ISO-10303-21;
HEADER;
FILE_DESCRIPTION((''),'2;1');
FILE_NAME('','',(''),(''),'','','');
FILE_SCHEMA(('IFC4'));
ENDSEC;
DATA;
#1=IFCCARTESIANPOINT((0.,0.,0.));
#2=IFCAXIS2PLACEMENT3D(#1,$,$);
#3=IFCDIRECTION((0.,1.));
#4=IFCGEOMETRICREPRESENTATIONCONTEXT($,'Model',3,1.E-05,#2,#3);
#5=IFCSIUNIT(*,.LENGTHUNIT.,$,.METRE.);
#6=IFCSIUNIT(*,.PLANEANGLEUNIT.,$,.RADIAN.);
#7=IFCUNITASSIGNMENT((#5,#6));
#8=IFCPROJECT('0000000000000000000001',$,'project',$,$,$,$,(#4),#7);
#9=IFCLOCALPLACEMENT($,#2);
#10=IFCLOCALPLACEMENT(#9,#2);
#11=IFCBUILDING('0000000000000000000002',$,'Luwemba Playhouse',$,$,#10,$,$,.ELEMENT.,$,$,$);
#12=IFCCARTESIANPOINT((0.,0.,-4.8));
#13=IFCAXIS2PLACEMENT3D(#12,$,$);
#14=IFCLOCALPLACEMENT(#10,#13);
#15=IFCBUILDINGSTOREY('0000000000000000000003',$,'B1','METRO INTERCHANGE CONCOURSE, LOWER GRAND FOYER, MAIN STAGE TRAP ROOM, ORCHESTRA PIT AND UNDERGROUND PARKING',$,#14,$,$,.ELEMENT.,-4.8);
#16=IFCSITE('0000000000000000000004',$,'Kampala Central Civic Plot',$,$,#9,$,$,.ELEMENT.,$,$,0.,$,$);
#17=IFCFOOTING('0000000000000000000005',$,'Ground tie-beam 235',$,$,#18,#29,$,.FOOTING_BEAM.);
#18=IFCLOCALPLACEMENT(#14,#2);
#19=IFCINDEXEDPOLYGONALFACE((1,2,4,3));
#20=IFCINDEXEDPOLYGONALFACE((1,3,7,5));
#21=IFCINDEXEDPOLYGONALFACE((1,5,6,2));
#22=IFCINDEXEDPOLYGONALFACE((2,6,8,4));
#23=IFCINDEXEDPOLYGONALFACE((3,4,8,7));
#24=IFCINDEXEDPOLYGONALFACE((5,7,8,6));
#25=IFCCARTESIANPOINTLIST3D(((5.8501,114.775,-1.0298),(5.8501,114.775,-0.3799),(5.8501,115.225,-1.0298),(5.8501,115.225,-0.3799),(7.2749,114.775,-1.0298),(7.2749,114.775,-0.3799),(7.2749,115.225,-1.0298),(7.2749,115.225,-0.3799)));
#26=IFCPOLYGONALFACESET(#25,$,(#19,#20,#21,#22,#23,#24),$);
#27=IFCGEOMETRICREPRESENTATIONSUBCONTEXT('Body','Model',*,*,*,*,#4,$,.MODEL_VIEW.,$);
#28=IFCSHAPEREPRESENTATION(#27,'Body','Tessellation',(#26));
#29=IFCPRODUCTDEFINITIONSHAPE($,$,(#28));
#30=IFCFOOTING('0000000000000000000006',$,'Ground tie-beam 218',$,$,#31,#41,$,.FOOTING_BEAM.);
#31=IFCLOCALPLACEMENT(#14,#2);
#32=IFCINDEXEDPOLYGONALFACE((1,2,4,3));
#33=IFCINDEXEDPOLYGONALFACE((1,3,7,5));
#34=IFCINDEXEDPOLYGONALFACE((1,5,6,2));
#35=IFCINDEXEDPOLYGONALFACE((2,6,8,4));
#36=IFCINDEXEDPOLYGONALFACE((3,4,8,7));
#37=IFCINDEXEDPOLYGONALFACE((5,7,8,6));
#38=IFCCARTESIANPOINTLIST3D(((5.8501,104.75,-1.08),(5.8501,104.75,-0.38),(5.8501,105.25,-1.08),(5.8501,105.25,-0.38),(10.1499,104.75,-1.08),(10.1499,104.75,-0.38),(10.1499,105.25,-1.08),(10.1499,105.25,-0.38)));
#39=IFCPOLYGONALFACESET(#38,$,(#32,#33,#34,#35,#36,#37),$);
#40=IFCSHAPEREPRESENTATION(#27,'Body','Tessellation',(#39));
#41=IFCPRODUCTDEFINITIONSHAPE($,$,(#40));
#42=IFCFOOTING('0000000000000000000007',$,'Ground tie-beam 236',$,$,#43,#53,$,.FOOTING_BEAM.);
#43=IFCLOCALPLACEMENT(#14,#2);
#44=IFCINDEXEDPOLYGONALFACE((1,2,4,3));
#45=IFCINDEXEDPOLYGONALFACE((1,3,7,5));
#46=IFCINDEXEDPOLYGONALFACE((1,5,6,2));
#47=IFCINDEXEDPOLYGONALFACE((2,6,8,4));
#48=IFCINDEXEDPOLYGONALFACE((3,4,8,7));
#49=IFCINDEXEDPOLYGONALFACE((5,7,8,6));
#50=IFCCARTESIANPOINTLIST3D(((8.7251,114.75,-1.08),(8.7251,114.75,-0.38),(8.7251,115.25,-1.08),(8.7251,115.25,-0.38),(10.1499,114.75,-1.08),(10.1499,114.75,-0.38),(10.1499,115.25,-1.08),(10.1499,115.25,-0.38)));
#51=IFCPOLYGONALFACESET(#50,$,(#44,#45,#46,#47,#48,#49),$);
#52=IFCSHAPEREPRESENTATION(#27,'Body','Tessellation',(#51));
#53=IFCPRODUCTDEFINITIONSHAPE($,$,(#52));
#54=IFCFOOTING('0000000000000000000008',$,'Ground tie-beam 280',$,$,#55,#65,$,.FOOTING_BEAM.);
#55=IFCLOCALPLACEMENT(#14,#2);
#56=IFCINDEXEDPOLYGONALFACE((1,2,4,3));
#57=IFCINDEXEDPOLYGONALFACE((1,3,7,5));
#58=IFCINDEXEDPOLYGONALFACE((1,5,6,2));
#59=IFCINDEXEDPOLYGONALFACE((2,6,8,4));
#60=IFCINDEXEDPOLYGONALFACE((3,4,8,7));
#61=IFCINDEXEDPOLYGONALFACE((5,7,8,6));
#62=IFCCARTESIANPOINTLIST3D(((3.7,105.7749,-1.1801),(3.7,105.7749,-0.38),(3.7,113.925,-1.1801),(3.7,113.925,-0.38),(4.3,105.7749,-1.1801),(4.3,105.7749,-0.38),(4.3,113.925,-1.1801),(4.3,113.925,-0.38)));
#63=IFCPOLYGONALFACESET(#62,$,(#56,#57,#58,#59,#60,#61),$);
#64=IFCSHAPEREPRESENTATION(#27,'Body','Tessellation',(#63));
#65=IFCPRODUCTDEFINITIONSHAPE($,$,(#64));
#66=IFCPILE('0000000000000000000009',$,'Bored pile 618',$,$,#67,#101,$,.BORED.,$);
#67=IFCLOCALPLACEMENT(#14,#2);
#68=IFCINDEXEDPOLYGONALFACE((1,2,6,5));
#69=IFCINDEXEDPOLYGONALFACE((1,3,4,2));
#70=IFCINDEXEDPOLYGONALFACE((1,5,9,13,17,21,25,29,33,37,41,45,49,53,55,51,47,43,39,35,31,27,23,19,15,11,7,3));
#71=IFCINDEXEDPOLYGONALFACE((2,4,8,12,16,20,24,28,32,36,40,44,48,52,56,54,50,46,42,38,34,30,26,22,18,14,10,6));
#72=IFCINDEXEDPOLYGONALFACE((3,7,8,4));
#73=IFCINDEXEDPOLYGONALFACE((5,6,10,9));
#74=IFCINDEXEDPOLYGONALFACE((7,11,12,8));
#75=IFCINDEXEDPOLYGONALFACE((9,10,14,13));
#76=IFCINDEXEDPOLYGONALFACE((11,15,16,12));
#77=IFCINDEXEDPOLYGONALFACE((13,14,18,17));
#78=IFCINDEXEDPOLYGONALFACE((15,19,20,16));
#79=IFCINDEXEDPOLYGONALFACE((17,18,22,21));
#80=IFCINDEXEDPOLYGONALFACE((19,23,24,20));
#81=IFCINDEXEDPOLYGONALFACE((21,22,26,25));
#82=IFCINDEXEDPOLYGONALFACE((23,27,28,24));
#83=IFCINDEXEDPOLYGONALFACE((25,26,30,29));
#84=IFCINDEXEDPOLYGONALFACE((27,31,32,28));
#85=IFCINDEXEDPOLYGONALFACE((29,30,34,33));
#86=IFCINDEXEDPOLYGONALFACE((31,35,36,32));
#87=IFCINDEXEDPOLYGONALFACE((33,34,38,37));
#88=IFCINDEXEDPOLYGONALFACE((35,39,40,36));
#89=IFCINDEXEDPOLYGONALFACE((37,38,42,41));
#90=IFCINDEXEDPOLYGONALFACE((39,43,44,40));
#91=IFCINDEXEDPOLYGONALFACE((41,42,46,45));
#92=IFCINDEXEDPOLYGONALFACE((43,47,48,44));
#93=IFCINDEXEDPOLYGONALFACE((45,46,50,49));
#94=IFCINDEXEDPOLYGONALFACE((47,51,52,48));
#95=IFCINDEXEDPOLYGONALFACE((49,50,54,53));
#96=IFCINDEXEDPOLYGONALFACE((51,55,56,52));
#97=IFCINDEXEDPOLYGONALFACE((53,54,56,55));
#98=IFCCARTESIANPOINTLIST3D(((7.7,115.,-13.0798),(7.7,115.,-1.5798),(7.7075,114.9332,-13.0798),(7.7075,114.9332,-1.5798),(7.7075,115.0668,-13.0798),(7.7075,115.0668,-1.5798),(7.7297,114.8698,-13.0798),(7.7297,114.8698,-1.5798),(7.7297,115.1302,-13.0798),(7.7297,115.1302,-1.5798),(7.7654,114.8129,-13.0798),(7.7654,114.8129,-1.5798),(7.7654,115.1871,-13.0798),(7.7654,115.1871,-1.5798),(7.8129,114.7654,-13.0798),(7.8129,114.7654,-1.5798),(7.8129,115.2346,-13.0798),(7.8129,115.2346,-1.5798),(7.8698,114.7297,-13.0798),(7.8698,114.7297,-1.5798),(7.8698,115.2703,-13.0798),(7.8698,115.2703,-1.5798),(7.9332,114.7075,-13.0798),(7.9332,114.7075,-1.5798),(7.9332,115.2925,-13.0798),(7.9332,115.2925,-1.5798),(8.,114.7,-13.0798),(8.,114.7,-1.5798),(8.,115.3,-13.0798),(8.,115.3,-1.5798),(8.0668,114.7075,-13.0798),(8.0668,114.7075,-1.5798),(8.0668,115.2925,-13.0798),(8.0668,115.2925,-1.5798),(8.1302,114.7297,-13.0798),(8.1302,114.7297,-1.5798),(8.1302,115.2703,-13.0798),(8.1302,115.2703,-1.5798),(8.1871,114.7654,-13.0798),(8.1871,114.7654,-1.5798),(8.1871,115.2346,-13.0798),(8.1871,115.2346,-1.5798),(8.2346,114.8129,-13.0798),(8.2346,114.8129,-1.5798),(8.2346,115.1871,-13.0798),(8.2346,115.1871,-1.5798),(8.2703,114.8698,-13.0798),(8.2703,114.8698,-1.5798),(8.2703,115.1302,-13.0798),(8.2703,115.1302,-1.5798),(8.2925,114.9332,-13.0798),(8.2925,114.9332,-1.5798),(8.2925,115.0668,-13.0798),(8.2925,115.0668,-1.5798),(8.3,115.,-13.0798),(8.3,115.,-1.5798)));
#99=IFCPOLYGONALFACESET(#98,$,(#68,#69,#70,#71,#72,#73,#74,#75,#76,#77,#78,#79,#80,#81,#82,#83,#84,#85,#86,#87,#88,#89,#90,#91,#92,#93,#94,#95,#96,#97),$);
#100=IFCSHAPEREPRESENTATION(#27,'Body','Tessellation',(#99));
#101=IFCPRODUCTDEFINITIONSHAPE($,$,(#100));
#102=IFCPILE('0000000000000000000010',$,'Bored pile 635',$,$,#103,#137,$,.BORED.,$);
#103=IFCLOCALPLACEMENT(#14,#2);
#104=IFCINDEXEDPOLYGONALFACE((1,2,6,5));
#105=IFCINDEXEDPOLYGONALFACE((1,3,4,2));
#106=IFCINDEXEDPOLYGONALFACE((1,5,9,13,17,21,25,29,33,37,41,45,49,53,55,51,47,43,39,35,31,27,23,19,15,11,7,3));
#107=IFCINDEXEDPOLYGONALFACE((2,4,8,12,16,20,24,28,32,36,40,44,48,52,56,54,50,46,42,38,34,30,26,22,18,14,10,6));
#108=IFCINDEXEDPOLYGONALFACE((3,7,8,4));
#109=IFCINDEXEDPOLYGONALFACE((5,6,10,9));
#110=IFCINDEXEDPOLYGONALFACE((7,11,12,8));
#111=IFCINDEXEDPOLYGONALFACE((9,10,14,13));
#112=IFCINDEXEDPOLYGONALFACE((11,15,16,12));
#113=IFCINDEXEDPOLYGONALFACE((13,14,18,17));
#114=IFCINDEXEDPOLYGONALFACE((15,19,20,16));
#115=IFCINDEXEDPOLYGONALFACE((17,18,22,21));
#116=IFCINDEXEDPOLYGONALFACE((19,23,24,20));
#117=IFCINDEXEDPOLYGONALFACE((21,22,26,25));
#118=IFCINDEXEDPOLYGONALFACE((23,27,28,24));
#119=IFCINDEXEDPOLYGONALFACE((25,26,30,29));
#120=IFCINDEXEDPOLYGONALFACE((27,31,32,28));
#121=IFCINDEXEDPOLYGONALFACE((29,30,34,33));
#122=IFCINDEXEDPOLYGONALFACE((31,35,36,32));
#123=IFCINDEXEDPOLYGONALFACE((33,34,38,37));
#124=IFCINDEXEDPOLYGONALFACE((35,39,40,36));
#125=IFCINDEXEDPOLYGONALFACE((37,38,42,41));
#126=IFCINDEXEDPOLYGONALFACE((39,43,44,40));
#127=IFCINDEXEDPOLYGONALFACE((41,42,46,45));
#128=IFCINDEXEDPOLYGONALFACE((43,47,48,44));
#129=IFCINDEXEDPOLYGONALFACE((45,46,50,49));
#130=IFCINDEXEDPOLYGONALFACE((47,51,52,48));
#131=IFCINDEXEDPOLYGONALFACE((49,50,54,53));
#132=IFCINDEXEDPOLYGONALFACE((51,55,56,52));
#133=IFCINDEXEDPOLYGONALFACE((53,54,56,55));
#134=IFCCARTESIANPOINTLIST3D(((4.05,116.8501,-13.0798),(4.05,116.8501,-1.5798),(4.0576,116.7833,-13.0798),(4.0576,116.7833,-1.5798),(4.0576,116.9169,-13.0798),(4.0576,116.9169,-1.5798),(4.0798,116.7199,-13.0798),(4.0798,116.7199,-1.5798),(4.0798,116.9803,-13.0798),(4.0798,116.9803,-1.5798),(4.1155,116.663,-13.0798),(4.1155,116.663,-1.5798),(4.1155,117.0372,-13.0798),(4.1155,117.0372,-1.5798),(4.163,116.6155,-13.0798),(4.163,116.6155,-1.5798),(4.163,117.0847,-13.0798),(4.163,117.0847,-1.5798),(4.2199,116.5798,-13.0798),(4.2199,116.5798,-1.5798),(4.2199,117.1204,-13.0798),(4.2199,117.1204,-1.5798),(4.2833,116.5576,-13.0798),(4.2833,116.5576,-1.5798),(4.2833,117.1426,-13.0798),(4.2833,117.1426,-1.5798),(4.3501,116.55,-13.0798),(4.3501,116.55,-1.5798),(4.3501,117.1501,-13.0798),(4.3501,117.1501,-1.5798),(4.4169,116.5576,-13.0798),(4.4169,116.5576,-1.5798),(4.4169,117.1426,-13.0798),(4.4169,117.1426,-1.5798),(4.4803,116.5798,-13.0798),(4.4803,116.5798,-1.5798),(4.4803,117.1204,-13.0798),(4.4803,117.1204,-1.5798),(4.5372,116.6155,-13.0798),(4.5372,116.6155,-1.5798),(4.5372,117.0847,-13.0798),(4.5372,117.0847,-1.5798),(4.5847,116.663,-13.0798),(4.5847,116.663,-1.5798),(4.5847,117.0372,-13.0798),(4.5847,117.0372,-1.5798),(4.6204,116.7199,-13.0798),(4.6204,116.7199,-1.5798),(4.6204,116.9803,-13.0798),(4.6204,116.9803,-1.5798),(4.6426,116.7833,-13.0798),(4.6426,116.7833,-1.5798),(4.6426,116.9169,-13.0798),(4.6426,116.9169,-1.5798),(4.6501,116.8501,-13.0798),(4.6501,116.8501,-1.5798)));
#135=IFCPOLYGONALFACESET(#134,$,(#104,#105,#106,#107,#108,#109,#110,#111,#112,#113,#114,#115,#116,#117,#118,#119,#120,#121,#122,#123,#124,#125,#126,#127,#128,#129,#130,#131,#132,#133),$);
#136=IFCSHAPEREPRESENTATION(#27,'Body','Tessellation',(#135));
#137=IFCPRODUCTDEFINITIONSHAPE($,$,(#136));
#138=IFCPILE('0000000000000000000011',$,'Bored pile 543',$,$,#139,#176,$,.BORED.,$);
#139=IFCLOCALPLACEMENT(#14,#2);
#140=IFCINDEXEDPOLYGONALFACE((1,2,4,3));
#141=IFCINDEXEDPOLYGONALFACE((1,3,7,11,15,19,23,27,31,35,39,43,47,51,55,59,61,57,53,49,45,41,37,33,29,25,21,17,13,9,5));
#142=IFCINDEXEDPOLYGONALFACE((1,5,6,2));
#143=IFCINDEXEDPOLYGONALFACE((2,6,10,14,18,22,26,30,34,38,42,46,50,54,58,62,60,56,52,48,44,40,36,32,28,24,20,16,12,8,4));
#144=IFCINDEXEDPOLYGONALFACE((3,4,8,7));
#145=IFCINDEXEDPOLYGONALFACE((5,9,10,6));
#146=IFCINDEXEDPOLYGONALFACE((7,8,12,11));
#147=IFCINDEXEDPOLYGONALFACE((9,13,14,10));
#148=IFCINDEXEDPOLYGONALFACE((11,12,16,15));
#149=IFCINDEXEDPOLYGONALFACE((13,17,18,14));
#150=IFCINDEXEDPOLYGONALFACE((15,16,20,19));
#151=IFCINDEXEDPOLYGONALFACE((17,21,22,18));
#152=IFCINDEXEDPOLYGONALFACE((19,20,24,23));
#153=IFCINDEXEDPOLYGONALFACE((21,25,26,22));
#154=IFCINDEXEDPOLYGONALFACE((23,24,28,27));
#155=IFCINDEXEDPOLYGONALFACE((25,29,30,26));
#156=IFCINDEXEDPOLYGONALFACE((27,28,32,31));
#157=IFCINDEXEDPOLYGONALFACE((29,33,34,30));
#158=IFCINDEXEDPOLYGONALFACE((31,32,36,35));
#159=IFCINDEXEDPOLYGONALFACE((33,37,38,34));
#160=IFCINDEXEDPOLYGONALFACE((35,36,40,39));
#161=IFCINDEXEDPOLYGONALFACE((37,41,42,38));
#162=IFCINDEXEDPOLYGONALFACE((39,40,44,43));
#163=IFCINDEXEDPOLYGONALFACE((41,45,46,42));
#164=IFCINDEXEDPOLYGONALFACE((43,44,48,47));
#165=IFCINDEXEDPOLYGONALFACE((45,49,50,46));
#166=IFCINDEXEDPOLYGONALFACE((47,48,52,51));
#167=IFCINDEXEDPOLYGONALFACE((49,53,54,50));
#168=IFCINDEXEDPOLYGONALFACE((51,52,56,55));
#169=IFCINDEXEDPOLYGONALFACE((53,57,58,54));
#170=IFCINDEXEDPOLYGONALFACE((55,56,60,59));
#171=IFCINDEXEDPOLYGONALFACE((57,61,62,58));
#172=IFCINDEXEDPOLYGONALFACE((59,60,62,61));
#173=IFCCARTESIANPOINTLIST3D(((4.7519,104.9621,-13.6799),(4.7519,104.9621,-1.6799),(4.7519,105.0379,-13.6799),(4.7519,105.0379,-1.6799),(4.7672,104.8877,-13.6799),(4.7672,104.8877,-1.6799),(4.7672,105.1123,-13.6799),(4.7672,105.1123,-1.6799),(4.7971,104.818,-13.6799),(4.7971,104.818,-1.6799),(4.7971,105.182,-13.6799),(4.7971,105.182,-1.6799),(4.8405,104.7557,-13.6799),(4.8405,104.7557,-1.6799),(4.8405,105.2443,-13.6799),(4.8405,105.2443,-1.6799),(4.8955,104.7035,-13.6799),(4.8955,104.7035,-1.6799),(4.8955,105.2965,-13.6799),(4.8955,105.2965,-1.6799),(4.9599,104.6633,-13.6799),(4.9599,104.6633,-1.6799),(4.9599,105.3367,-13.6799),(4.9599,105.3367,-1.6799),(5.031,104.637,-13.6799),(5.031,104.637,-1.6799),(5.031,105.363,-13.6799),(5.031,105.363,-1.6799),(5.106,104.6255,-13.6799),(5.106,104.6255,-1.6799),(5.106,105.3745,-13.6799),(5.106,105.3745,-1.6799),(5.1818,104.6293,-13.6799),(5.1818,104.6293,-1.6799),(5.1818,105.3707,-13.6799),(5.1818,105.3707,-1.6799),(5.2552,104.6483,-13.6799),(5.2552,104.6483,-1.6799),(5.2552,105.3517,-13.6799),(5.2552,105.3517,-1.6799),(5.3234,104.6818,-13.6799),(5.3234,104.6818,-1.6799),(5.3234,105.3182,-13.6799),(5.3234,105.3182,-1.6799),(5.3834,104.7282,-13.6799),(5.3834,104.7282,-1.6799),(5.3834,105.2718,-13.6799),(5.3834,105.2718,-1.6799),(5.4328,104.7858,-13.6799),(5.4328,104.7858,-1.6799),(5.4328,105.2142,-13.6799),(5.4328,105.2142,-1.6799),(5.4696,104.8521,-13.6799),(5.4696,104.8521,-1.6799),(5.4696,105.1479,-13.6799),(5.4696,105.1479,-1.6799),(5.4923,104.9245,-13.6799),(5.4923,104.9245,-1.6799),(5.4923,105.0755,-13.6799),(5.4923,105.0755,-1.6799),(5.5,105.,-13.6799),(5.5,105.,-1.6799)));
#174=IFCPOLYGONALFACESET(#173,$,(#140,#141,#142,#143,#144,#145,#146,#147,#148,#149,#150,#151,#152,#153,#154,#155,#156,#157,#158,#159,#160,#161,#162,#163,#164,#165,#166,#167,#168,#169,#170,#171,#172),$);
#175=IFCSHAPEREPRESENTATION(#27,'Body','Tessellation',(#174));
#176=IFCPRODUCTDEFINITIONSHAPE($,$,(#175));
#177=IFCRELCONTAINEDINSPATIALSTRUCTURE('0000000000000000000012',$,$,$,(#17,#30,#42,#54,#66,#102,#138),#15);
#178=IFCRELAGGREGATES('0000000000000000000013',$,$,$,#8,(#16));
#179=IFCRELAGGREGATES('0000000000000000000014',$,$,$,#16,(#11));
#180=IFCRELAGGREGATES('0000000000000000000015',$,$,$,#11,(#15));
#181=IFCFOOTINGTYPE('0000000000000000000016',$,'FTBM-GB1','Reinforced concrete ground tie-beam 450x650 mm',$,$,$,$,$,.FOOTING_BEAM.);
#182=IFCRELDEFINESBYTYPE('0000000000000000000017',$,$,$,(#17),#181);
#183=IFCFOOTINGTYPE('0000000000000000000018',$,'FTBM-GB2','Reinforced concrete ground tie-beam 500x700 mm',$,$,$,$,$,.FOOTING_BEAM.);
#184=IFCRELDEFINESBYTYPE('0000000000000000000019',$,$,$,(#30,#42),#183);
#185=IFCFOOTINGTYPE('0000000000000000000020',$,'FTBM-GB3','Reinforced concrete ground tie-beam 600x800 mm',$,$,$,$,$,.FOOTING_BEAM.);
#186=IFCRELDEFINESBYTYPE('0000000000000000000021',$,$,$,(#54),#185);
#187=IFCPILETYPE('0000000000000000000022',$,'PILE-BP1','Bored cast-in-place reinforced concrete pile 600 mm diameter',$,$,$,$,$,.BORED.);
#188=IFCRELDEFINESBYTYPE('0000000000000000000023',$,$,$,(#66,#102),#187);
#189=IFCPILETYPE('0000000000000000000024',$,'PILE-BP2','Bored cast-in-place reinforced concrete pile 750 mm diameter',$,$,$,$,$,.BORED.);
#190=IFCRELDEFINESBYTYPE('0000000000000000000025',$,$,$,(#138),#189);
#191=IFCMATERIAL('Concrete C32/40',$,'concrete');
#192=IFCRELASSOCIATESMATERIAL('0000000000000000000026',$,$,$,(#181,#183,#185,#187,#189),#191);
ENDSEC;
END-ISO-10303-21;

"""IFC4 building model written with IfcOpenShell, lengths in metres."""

from ifc_helpers import new_model, si_unit, direction, frame, origin, origin_2d, place, context, subcontext, project, spatial, rectangle, circle, extrude, material, material_profile, profile_set, type_object, element, save


model = new_model("IFC4")

# Units and contexts
model_context = context("Model", 3, precision=1e-05, world=origin(), true_north=direction((0.0, 1.0)))
body_context = subcontext(model_context, "Body", "Model", "MODEL_VIEW")
ifc_project = project(units=[si_unit("LENGTHUNIT", "METRE"), si_unit("PLANEANGLEUNIT", "RADIAN")], contexts=[model_context])

# Site, building, storey
site_placement = place(None, origin())
site = spatial("IfcSite", under=ifc_project, at=site_placement, Name="Kampala Central Civic Plot", CompositionType="ELEMENT", RefElevation=0.0)
building_placement = place(site_placement, origin())
building = spatial("IfcBuilding", under=site, at=building_placement, Name="Luwemba Playhouse", CompositionType="ELEMENT")
storey_placement = place(building_placement, frame((0.0, 0.0, -4.8)))
storey = spatial("IfcBuildingStorey", under=building, at=storey_placement, Name="B1", Description="METRO INTERCHANGE CONCOURSE, LOWER GRAND FOYER, MAIN STAGE TRAP ROOM, ORCHESTRA PIT AND UNDERGROUND PARKING", CompositionType="ELEMENT", Elevation=-4.8)

# Footings
ifc_material_1 = material(Name="Concrete C32/40", Category="concrete")
ifc_material_profile_1 = material_profile(ifc_material_1, rectangle(XDim=0.45, YDim=0.6499, at=origin_2d()))
ifc_profile_set_1 = profile_set([ifc_material_profile_1], Name="Concrete C32/40")
footing_type_1 = type_object("IfcFootingType", Name="FTBM-GB1", Description="Reinforced concrete ground tie-beam 450x650 mm", PredefinedType="FOOTING_BEAM", material=ifc_profile_set_1)
footing_1_placement = place(storey_placement, frame((5.8501, 115.0, -0.7048), z_axis=(1.0, 0.0, 0.0), x_axis=(0.0, 1.0, 0.0)))
element("IfcFooting", 1, at=footing_1_placement, inside=storey, type_object=footing_type_1, Name="Ground tie-beam 235", PredefinedType="FOOTING_BEAM", context=body_context, shape_type="SweptSolid", body=[
    extrude(rectangle(XDim=0.45, YDim=0.6499, at=origin_2d()), origin(), (0.0, 0.0, 1.0), 1.4248),
])
ifc_material_profile_2 = material_profile(ifc_material_1, rectangle(XDim=0.5, YDim=0.7, at=origin_2d()))
ifc_profile_set_2 = profile_set([ifc_material_profile_2], Name="Concrete C32/40")
footing_type_2 = type_object("IfcFootingType", Name="FTBM-GB2", Description="Reinforced concrete ground tie-beam 500x700 mm", PredefinedType="FOOTING_BEAM", material=ifc_profile_set_2)
footing_2_placement = place(storey_placement, frame((5.8501, 105.0, -0.73), z_axis=(1.0, 0.0, 0.0), x_axis=(0.0, 1.0, 0.0)))
element("IfcFooting", 2, at=footing_2_placement, inside=storey, type_object=footing_type_2, Name="Ground tie-beam 218", PredefinedType="FOOTING_BEAM", context=body_context, shape_type="SweptSolid", body=[
    extrude(rectangle(XDim=0.5, YDim=0.7, at=origin_2d()), origin(), (0.0, 0.0, 1.0), 4.2998),
])
footing_3_placement = place(storey_placement, frame((8.7251, 115.0, -0.73), z_axis=(1.0, 0.0, 0.0), x_axis=(0.0, 1.0, 0.0)))
element("IfcFooting", 3, at=footing_3_placement, inside=storey, type_object=footing_type_2, Name="Ground tie-beam 236", PredefinedType="FOOTING_BEAM", context=body_context, shape_type="SweptSolid", body=[
    extrude(rectangle(XDim=0.5, YDim=0.7, at=origin_2d()), origin(), (0.0, 0.0, 1.0), 1.4248),
])
ifc_material_profile_3 = material_profile(ifc_material_1, rectangle(XDim=0.6001, YDim=0.8, at=origin_2d()))
ifc_profile_set_3 = profile_set([ifc_material_profile_3], Name="Concrete C32/40")
footing_type_3 = type_object("IfcFootingType", Name="FTBM-GB3", Description="Reinforced concrete ground tie-beam 600x800 mm", PredefinedType="FOOTING_BEAM", material=ifc_profile_set_3)
footing_4_placement = place(storey_placement, frame((4.0, 105.7749, -0.78), z_axis=(0.0, 1.0, 0.0), x_axis=(-1.0, 0.0, 0.0)))
element("IfcFooting", 4, at=footing_4_placement, inside=storey, type_object=footing_type_3, Name="Ground tie-beam 280", PredefinedType="FOOTING_BEAM", context=body_context, shape_type="SweptSolid", body=[
    extrude(rectangle(XDim=0.6001, YDim=0.8, at=origin_2d()), origin(), (0.0, 0.0, 1.0), 8.1501),
])

# Piles
ifc_material_profile_4 = material_profile(ifc_material_1, circle(Radius=0.3, at=origin_2d()))
ifc_profile_set_4 = profile_set([ifc_material_profile_4], Name="Concrete C32/40")
pile_type_1 = type_object("IfcPileType", Name="PILE-BP1", Description="Bored cast-in-place reinforced concrete pile 600 mm diameter", PredefinedType="BORED", material=ifc_profile_set_4)
for number, where, z_axis, x_axis, name in (
    (5, (8.0, 115.0, -1.5798), (0.0, 0.0, -1.0), (1.0, 0.0, 0.0), "Bored pile 618"),
    (6, (4.3501, 116.8501, -1.5798), (0.0, 0.0, -1.0), (1.0, 0.0, 0.0), "Bored pile 635"),
):
    element("IfcPile", number, at=place(storey_placement, frame(where, z_axis=z_axis, x_axis=x_axis)), inside=storey, type_object=pile_type_1, Name=name, PredefinedType="BORED", context=body_context, shape_type="SweptSolid", body=[
        extrude(circle(Radius=0.3, at=origin_2d()), origin(), (0.0, 0.0, 1.0), 11.5),
    ])
ifc_material_profile_5 = material_profile(ifc_material_1, circle(Radius=0.375, at=origin_2d()))
ifc_profile_set_5 = profile_set([ifc_material_profile_5], Name="Concrete C32/40")
pile_type_2 = type_object("IfcPileType", Name="PILE-BP2", Description="Bored cast-in-place reinforced concrete pile 750 mm diameter", PredefinedType="BORED", material=ifc_profile_set_5)
for number, where, z_axis, x_axis, name in (
    (7, (5.125, 105.0, -1.6799), (0.0, 0.0, -1.0), (1.0, 0.0, 0.0), "Bored pile 543"),
):
    element("IfcPile", number, at=place(storey_placement, frame(where, z_axis=z_axis, x_axis=x_axis)), inside=storey, type_object=pile_type_2, Name=name, PredefinedType="BORED", context=body_context, shape_type="SweptSolid", body=[
        extrude(circle(Radius=0.375, at=origin_2d()), origin(), (0.0, 0.0, 1.0), 12.0),
    ])

save(model, "model.ifc")
